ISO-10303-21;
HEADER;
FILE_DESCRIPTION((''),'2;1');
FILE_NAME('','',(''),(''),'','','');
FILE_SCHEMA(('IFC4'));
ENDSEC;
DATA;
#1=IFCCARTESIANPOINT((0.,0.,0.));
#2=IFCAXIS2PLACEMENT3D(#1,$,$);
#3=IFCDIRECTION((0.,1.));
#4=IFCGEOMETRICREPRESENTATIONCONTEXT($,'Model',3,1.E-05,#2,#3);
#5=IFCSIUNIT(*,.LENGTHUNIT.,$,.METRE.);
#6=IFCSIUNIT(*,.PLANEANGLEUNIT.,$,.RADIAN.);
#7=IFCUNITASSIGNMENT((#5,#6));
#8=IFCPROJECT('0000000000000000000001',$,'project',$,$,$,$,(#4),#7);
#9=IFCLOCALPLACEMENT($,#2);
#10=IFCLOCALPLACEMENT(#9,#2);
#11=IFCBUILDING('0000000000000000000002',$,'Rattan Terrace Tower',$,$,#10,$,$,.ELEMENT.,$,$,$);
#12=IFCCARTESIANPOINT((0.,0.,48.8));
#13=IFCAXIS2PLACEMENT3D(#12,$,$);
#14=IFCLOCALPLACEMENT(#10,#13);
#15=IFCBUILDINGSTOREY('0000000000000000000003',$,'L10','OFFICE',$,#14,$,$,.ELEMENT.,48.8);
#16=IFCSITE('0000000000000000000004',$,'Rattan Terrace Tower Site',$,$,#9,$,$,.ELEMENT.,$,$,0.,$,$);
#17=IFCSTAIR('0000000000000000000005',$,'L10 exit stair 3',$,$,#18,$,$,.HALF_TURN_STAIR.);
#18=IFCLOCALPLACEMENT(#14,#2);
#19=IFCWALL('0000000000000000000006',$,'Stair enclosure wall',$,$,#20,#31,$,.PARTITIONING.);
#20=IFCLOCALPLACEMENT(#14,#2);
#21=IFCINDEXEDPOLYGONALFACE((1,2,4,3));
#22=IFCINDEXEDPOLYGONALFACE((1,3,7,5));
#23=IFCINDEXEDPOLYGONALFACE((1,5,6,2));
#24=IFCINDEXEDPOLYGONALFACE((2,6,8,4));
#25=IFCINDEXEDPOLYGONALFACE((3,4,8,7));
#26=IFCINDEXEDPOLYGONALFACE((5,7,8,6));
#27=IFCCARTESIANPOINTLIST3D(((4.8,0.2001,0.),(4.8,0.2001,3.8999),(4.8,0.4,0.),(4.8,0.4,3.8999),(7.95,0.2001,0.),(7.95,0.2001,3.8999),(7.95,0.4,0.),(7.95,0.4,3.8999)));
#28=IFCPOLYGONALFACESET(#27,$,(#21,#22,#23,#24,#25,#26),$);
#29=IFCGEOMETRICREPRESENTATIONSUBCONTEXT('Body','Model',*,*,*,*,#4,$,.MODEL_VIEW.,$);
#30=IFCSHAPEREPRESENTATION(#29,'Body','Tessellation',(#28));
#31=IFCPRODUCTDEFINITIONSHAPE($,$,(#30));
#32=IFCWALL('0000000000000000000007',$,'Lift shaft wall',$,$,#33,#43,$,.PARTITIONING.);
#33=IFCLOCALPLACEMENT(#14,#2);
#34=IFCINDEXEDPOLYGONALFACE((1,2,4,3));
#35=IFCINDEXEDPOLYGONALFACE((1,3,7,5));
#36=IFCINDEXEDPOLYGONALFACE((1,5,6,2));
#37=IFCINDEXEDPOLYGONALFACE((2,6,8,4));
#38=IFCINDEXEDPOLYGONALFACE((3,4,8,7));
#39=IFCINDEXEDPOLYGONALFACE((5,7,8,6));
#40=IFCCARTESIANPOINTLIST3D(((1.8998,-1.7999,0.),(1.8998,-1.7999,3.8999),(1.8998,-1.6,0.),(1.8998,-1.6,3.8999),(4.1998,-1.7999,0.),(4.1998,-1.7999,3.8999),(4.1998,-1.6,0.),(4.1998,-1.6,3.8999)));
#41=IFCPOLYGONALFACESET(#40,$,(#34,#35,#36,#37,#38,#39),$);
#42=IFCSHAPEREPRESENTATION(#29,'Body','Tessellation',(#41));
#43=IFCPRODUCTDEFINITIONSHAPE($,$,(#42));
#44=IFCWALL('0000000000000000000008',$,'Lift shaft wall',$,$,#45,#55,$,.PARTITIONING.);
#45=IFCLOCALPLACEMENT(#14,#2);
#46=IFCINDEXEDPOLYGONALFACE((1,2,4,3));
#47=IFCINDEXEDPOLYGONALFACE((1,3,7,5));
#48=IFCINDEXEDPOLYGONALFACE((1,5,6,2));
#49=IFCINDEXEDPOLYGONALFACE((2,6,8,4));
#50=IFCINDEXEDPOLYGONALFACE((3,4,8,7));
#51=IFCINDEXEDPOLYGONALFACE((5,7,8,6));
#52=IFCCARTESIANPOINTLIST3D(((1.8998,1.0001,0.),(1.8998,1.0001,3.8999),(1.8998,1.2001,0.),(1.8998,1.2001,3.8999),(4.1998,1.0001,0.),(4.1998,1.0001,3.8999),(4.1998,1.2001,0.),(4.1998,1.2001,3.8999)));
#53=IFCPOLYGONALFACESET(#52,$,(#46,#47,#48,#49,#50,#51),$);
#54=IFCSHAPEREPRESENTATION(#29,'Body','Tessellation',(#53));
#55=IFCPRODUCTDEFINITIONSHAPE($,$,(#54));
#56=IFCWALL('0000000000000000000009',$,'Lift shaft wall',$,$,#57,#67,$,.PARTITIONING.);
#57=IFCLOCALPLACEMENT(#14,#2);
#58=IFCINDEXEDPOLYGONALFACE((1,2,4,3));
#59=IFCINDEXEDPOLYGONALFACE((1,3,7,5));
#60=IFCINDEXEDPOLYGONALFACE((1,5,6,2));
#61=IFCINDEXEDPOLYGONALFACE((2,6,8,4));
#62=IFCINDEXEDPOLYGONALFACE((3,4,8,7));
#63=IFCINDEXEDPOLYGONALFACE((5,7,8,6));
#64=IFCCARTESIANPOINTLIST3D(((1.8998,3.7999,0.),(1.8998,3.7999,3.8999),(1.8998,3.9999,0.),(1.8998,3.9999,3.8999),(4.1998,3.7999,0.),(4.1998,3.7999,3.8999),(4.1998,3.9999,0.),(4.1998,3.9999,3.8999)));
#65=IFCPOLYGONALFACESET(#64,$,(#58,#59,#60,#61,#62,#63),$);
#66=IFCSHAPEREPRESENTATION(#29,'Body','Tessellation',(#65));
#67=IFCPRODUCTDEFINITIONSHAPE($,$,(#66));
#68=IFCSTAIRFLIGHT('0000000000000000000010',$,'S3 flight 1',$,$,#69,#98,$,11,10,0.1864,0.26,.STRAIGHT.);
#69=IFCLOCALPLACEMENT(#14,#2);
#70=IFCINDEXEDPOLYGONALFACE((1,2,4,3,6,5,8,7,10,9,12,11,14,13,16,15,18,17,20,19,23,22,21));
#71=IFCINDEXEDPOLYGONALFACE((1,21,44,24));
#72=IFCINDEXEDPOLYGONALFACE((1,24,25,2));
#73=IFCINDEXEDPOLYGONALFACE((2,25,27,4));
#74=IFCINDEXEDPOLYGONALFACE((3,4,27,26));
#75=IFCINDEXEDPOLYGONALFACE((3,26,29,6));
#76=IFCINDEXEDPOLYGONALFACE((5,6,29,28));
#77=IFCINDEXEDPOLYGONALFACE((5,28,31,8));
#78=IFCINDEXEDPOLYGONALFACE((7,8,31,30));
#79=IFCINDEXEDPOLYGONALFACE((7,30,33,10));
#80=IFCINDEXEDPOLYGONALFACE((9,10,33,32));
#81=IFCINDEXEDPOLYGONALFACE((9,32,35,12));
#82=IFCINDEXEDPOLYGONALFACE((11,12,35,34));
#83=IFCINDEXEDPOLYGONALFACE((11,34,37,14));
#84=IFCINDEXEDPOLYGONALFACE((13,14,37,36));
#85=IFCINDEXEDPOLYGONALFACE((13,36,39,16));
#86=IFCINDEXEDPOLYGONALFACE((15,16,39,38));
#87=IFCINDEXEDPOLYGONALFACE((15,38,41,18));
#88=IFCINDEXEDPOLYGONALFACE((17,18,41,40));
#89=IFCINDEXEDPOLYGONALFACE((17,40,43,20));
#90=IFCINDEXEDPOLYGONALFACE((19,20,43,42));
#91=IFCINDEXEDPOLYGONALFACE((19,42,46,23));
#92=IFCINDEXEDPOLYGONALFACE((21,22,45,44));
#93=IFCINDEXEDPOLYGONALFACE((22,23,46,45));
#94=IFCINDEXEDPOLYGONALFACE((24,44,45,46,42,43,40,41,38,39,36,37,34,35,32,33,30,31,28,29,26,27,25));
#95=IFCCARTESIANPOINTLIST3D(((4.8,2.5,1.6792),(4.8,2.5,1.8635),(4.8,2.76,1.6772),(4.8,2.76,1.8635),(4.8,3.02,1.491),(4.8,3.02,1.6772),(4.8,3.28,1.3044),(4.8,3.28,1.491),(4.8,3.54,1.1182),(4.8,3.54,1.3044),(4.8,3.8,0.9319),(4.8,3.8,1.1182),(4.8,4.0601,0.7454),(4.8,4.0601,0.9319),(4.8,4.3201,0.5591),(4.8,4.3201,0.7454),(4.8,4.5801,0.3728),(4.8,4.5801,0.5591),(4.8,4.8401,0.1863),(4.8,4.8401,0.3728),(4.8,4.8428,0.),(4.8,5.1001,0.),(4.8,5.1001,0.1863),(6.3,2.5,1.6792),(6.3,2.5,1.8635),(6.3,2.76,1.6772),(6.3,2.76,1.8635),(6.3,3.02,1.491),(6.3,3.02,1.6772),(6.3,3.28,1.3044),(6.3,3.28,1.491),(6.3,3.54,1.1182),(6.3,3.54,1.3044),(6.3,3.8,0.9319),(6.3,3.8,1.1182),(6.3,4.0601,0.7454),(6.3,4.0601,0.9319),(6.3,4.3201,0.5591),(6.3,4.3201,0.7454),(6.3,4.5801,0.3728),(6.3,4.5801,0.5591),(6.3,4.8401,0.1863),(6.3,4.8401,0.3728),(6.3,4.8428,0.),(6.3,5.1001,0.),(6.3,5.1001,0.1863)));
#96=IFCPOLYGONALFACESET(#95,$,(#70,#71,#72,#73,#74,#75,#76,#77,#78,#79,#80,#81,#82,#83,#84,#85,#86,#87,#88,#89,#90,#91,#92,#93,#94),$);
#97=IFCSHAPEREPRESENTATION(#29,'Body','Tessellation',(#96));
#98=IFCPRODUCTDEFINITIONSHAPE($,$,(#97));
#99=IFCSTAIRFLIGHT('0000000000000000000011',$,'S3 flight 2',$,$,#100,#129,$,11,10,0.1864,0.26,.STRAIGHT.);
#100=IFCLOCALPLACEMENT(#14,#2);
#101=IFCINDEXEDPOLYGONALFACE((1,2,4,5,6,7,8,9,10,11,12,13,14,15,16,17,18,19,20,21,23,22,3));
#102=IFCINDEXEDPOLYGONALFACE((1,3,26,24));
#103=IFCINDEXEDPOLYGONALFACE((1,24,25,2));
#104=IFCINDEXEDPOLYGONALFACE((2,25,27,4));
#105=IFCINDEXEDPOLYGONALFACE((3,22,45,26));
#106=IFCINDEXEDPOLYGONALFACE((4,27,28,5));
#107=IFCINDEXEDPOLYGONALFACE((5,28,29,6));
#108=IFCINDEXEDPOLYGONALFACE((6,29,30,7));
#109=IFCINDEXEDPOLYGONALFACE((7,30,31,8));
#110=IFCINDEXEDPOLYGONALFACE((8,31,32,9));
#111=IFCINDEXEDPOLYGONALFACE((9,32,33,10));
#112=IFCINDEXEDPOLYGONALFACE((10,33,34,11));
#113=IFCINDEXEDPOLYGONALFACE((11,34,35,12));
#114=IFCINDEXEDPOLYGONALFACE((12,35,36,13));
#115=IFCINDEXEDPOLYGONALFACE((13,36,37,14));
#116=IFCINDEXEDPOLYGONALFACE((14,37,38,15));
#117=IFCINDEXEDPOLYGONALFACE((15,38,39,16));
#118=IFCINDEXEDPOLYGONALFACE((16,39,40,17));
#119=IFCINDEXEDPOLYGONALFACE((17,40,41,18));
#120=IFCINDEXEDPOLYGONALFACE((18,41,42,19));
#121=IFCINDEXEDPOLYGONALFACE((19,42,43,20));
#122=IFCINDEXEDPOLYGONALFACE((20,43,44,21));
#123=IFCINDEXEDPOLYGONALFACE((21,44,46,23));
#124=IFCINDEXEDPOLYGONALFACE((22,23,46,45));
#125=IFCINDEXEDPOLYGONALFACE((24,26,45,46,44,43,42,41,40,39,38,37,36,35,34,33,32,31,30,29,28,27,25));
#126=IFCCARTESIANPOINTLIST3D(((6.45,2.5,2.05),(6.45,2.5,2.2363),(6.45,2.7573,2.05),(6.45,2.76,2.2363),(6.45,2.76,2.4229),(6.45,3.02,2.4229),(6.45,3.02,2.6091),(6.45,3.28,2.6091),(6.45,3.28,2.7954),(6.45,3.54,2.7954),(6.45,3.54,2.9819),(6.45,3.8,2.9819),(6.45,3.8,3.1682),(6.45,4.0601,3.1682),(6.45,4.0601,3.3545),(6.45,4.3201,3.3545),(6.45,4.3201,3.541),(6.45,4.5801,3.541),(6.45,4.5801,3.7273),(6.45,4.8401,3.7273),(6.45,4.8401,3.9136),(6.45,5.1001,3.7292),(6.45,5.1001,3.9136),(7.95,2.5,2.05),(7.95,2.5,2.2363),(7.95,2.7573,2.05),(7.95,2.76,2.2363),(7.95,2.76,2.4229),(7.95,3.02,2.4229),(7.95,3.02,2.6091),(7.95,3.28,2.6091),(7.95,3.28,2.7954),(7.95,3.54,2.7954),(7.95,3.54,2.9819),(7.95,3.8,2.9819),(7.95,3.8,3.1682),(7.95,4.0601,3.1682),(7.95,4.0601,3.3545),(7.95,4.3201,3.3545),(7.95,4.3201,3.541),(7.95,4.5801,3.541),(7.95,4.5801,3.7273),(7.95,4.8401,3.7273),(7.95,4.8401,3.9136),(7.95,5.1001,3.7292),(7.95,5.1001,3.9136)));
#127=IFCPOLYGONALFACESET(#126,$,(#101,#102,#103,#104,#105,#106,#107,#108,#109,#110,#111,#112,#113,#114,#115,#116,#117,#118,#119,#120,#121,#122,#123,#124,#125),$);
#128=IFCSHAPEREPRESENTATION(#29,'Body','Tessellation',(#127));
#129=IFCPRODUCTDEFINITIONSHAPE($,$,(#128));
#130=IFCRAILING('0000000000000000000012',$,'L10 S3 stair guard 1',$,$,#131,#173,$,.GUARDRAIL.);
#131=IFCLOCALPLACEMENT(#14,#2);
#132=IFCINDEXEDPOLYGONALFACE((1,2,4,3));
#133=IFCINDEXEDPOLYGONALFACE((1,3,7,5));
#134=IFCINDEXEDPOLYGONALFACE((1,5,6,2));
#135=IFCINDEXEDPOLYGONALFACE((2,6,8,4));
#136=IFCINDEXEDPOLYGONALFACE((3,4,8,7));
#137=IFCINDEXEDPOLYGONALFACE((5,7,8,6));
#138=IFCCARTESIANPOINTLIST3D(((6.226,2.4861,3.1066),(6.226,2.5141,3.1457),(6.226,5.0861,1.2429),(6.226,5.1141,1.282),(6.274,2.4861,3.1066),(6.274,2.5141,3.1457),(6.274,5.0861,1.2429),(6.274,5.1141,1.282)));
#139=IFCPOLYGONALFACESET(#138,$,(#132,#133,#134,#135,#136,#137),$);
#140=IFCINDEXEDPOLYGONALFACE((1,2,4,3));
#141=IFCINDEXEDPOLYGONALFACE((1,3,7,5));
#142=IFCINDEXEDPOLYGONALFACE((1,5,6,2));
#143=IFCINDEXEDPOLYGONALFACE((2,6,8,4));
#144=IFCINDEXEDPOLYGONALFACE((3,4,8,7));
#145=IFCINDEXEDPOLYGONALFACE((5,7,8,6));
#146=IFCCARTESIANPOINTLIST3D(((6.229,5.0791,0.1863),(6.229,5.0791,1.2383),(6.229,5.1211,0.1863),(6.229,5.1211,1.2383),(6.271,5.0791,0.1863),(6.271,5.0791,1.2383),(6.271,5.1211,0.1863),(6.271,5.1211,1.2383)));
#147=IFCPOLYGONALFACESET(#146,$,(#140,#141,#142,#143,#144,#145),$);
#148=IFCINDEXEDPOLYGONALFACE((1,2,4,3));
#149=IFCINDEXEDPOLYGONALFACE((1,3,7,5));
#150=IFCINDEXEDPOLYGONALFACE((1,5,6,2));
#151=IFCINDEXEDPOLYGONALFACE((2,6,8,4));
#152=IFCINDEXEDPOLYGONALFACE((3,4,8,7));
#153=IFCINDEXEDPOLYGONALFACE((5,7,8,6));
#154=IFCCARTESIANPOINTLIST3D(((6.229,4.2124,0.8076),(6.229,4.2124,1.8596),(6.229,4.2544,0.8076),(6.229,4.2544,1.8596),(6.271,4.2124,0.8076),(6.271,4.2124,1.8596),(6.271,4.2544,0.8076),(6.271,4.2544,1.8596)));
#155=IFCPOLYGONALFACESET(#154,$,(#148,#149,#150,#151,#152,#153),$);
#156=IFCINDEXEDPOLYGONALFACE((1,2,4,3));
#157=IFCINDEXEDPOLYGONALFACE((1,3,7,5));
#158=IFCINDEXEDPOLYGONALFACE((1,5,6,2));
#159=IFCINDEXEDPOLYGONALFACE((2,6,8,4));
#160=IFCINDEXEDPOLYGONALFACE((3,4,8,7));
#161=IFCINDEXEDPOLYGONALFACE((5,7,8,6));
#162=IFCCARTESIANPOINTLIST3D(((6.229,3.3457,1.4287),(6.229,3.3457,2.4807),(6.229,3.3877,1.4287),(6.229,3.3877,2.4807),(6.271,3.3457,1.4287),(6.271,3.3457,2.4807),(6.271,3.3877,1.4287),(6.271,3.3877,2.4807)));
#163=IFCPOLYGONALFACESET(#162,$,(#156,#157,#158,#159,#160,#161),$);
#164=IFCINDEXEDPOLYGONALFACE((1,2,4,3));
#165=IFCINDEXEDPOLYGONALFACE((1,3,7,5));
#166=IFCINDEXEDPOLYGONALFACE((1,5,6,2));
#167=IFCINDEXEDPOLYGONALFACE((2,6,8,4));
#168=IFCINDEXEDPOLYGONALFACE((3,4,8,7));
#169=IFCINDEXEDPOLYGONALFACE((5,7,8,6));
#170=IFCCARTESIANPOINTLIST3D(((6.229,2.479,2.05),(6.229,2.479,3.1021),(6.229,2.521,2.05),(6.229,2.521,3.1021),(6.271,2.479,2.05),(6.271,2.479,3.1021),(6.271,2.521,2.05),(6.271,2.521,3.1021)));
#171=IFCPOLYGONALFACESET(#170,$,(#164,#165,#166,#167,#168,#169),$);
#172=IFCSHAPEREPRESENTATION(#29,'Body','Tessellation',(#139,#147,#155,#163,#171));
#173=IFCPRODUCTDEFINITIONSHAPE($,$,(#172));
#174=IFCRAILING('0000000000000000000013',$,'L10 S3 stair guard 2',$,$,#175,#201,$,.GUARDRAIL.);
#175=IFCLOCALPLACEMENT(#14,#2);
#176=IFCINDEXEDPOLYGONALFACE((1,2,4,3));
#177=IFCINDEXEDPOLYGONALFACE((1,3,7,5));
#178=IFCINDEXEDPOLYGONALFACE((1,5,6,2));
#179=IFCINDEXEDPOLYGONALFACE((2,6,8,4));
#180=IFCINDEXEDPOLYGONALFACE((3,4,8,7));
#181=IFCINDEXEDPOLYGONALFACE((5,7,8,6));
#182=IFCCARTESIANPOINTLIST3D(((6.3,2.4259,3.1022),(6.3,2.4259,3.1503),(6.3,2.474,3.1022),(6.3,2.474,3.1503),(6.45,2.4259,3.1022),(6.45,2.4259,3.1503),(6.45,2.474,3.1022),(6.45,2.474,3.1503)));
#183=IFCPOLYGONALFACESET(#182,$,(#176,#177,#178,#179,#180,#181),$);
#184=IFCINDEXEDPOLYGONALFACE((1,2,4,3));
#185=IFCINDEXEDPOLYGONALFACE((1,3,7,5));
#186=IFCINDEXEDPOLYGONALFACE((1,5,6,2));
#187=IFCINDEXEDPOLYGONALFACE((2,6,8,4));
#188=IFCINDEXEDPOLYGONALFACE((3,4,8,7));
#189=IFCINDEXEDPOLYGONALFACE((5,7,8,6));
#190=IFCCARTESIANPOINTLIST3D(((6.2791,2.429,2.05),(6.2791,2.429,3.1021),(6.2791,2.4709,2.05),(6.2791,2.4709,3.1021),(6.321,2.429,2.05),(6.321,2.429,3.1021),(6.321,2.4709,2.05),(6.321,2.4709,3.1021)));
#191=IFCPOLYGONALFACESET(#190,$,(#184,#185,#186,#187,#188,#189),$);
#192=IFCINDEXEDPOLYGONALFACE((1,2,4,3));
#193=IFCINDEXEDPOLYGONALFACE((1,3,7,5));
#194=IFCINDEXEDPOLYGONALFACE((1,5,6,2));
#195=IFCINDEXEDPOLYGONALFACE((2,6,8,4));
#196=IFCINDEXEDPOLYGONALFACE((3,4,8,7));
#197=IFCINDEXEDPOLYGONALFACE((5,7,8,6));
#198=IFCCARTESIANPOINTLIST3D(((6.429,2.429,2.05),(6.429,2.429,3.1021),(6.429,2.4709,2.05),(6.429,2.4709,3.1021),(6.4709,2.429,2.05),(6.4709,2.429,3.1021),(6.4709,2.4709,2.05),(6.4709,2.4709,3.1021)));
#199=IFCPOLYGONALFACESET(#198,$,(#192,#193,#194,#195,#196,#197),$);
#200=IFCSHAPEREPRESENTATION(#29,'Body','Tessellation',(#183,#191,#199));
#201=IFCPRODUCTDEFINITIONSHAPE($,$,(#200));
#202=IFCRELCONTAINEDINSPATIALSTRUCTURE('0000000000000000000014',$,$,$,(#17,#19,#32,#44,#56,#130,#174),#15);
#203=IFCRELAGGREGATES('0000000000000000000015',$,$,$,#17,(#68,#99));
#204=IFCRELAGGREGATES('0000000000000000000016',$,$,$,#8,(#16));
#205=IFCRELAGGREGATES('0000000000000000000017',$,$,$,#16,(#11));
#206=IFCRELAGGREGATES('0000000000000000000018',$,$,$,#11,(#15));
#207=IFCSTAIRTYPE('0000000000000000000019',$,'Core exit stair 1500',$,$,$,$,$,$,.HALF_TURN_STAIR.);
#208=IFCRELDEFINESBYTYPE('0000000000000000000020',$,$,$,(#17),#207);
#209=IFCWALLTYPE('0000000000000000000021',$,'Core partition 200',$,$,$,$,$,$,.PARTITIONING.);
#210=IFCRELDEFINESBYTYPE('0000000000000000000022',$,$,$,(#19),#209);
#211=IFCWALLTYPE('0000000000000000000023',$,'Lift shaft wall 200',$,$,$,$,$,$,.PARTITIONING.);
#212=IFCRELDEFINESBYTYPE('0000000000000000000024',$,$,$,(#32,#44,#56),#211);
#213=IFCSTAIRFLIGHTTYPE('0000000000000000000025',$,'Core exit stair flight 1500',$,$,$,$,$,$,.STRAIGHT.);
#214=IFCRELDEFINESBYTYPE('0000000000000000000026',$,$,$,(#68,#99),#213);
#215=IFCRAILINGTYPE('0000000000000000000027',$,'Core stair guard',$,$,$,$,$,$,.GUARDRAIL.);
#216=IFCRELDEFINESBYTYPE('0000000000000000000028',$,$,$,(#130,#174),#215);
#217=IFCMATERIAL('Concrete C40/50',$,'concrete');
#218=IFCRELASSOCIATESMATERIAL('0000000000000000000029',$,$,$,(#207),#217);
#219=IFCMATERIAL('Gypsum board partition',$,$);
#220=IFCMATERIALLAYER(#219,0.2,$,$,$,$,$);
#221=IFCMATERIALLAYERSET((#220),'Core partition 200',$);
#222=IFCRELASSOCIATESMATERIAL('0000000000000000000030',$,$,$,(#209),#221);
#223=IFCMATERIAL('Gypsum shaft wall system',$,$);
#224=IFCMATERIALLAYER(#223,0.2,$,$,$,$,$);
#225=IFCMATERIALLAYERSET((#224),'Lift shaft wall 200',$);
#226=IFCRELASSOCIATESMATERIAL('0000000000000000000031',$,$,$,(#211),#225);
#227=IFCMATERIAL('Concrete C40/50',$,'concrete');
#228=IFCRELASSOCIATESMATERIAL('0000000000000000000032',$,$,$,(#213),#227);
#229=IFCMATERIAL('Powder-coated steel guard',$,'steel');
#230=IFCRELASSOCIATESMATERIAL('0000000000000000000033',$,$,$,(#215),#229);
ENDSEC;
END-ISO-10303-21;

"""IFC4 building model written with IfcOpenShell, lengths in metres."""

from ifc_helpers import new_model, si_unit, direction, frame, frame_2d, origin, origin_2d, place, context, subcontext, project, spatial, polyline, rectangle, outline, extrude, material, layer, layer_set, type_object, element, aggregate, save


model = new_model("IFC4")

# Units and contexts
model_context = context("Model", 3, precision=1e-05, world=origin(), true_north=direction((0.0, 1.0)))
body_context = subcontext(model_context, "Body", "Model", "MODEL_VIEW")
ifc_project = project(units=[si_unit("LENGTHUNIT", "METRE"), si_unit("PLANEANGLEUNIT", "RADIAN")], contexts=[model_context])

# Site, building, storey
site_placement = place(None, origin())
site = spatial("IfcSite", under=ifc_project, at=site_placement, Name="Rattan Terrace Tower Site", CompositionType="ELEMENT", RefElevation=0.0)
building_placement = place(site_placement, origin())
building = spatial("IfcBuilding", under=site, at=building_placement, Name="Rattan Terrace Tower", CompositionType="ELEMENT")
storey_placement = place(building_placement, frame((0.0, 0.0, 48.8)))
storey = spatial("IfcBuildingStorey", under=building, at=storey_placement, Name="L10", Description="OFFICE", CompositionType="ELEMENT", Elevation=48.8)

# Stair
ifc_material_1 = material(Name="Concrete C40/50", Category="concrete")
stair_type = type_object("IfcStairType", Name="Core exit stair 1500", PredefinedType="HALF_TURN_STAIR", material=ifc_material_1)
stair_1_placement = place(storey_placement, origin())
stair_1 = element("IfcStair", 1, at=stair_1_placement, inside=storey, type_object=stair_type, Name="L10 exit stair 3", PredefinedType="HALF_TURN_STAIR")

# Walls
ifc_material_2 = material(Name="Gypsum board partition")
ifc_layer_1 = layer(ifc_material_2, 0.2)
ifc_layer_set_1 = layer_set([ifc_layer_1], Name="Core partition 200")
wall_type_1 = type_object("IfcWallType", Name="Core partition 200", PredefinedType="PARTITIONING", material=ifc_layer_set_1)
wall_1_placement = place(storey_placement, frame((4.8, 0.3, 0.0), z_axis=(0.0, 0.0, 1.0), x_axis=(1.0, 0.0, 0.0)))
element("IfcWall", 2, at=wall_1_placement, inside=storey, type_object=wall_type_1, Name="Stair enclosure wall", PredefinedType="PARTITIONING", context=body_context, shape_type="SweptSolid", body=[
    extrude(rectangle(XDim=3.1499, YDim=0.2, at=frame_2d((1.575, 0.0))), origin(), (0.0, 0.0, 1.0), 3.8999),
])
ifc_material_3 = material(Name="Gypsum shaft wall system")
ifc_layer_2 = layer(ifc_material_3, 0.2)
ifc_layer_set_2 = layer_set([ifc_layer_2], Name="Lift shaft wall 200")
wall_type_2 = type_object("IfcWallType", Name="Lift shaft wall 200", PredefinedType="PARTITIONING", material=ifc_layer_set_2)
for number, where, z_axis, x_axis, name in (
    (3, (1.8999, -1.7, 0.0), (0.0, 0.0, 1.0), (1.0, 0.0, 0.0), "Lift shaft wall"),
    (4, (1.8999, 1.1001, 0.0), (0.0, 0.0, 1.0), (1.0, 0.0, 0.0), "Lift shaft wall"),
    (5, (1.8999, 3.8999, 0.0), (0.0, 0.0, 1.0), (1.0, 0.0, 0.0), "Lift shaft wall"),
):
    element("IfcWall", number, at=place(storey_placement, frame(where, z_axis=z_axis, x_axis=x_axis)), inside=storey, type_object=wall_type_2, Name=name, PredefinedType="PARTITIONING", context=body_context, shape_type="SweptSolid", body=[
        extrude(rectangle(XDim=2.3, YDim=0.2, at=frame_2d((1.1499, 0.0))), origin(), (0.0, 0.0, 1.0), 3.8999),
    ])

# Stair flights
ifc_material_4 = material(Name="Concrete C40/50", Category="concrete")
stair_flight_type = type_object("IfcStairFlightType", Name="Core exit stair flight 1500", PredefinedType="STRAIGHT", material=ifc_material_4)
stair_flight_1_placement = place(storey_placement, frame((5.55, 5.1001, 0.0), z_axis=(0.0, 0.0, 1.0), x_axis=(0.0, -1.0, 0.0)))
stair_flight_1 = element("IfcStairFlight", 6, at=stair_flight_1_placement, type_object=stair_flight_type, Name="S3 flight 1", NumberOfRisers=11, NumberOfTreads=10, PredefinedType="STRAIGHT", RiserHeight=0.1864, TreadLength=0.26, context=body_context, shape_type="SweptSolid", body=[
    extrude(outline(polyline([(0.0, 0.0), (0.0, 0.1863), (0.26, 0.1863), (0.26, 0.3728), (0.52, 0.3728), (0.52, 0.5591), (0.78, 0.5591), (0.78, 0.7454), (1.04, 0.7454), (1.04, 0.9319), (1.3, 0.9319), (1.3, 1.1182), (1.5601, 1.1182), (1.5601, 1.3044), (1.8201, 1.3044), (1.8201, 1.491), (2.0801, 1.491), (2.0801, 1.6772), (2.3401, 1.6772), (2.3401, 1.8635), (2.6001, 1.8635), (2.6001, 2.05), (2.6001, 1.6792), (0.2573, 0.0), (0.0, 0.0)])), frame((0.0, 0.75, 0.0), z_axis=(0.0, -1.0, 0.0), x_axis=(1.0, 0.0, 0.0)), (0.0, 0.0, 1.0), 1.5),
])
stair_flight_2_placement = place(storey_placement, frame((7.2, 2.5, 2.05), z_axis=(0.0, 0.0, 1.0), x_axis=(0.0, 1.0, 0.0)))
stair_flight_2 = element("IfcStairFlight", 7, at=stair_flight_2_placement, type_object=stair_flight_type, Name="S3 flight 2", NumberOfRisers=11, NumberOfTreads=10, PredefinedType="STRAIGHT", RiserHeight=0.1864, TreadLength=0.26, context=body_context, shape_type="SweptSolid", body=[
    extrude(outline(polyline([(0.0, 0.0), (0.0, 0.1863), (0.26, 0.1863), (0.26, 0.3728), (0.52, 0.3728), (0.52, 0.5591), (0.78, 0.5591), (0.78, 0.7454), (1.04, 0.7454), (1.04, 0.9319), (1.3, 0.9319), (1.3, 1.1182), (1.5601, 1.1182), (1.5601, 1.3044), (1.8201, 1.3044), (1.8201, 1.491), (2.0801, 1.491), (2.0801, 1.6772), (2.3401, 1.6772), (2.3401, 1.8635), (2.6001, 1.8635), (2.6001, 2.05), (2.6001, 1.6792), (0.2573, 0.0), (0.0, 0.0)])), frame((0.0, 0.75, 0.0), z_axis=(0.0, -1.0, 0.0), x_axis=(1.0, 0.0, 0.0)), (0.0, 0.0, 1.0), 1.5),
])
aggregate(stair_1, [stair_flight_1, stair_flight_2])

# Railings
ifc_material_5 = material(Name="Powder-coated steel guard", Category="steel")
railing_type_1 = type_object("IfcRailingType", Name="Core stair guard", PredefinedType="GUARDRAIL", material=ifc_material_5)
railing_1_placement = place(storey_placement, frame((6.25, 5.1001, 0.1863)))
element("IfcRailing", 8, at=railing_1_placement, inside=storey, type_object=railing_type_1, Name="L10 S3 stair guard 1", PredefinedType="GUARDRAIL", context=body_context, shape_type="SweptSolid", body=[
    extrude(rectangle(XDim=0.0481, YDim=0.0481, at=origin_2d()), frame((0.0, 0.0, 1.0762), z_axis=(0.0, -0.812763, 0.582595), x_axis=(1.0, 0.0, 0.0)), (0.0, 0.0, 1.0), 3.199),
    extrude(rectangle(XDim=0.042, YDim=0.042, at=origin_2d()), origin(), (0.0, 0.0, 1.0), 1.052),
    extrude(rectangle(XDim=0.042, YDim=0.042, at=origin_2d()), frame((0.0, -0.8667, 0.6213)), (0.0, 0.0, 1.0), 1.052),
    extrude(rectangle(XDim=0.042, YDim=0.042, at=origin_2d()), frame((0.0, -1.7334, 1.2424)), (0.0, 0.0, 1.0), 1.052),
    extrude(rectangle(XDim=0.042, YDim=0.042, at=origin_2d()), frame((0.0, -2.6001, 1.8638)), (0.0, 0.0, 1.0), 1.052),
])
railing_2_placement = place(storey_placement, frame((6.3, 2.45, 2.05)))
element("IfcRailing", 9, at=railing_2_placement, inside=storey, type_object=railing_type_1, Name="L10 S3 stair guard 2", PredefinedType="GUARDRAIL", context=body_context, shape_type="SweptSolid", body=[
    extrude(rectangle(XDim=0.0481, YDim=0.0481, at=origin_2d()), frame((0.0, 0.0, 1.0762), z_axis=(1.0, 0.0, 0.0), x_axis=(0.0, 1.0, 0.0)), (0.0, 0.0, 1.0), 0.1499),
    extrude(rectangle(XDim=0.042, YDim=0.042, at=origin_2d()), origin(), (0.0, 0.0, 1.0), 1.052),
    extrude(rectangle(XDim=0.042, YDim=0.042, at=origin_2d()), frame((0.1499, 0.0, 0.0)), (0.0, 0.0, 1.0), 1.052),
])

save(model, "model.ifc")
